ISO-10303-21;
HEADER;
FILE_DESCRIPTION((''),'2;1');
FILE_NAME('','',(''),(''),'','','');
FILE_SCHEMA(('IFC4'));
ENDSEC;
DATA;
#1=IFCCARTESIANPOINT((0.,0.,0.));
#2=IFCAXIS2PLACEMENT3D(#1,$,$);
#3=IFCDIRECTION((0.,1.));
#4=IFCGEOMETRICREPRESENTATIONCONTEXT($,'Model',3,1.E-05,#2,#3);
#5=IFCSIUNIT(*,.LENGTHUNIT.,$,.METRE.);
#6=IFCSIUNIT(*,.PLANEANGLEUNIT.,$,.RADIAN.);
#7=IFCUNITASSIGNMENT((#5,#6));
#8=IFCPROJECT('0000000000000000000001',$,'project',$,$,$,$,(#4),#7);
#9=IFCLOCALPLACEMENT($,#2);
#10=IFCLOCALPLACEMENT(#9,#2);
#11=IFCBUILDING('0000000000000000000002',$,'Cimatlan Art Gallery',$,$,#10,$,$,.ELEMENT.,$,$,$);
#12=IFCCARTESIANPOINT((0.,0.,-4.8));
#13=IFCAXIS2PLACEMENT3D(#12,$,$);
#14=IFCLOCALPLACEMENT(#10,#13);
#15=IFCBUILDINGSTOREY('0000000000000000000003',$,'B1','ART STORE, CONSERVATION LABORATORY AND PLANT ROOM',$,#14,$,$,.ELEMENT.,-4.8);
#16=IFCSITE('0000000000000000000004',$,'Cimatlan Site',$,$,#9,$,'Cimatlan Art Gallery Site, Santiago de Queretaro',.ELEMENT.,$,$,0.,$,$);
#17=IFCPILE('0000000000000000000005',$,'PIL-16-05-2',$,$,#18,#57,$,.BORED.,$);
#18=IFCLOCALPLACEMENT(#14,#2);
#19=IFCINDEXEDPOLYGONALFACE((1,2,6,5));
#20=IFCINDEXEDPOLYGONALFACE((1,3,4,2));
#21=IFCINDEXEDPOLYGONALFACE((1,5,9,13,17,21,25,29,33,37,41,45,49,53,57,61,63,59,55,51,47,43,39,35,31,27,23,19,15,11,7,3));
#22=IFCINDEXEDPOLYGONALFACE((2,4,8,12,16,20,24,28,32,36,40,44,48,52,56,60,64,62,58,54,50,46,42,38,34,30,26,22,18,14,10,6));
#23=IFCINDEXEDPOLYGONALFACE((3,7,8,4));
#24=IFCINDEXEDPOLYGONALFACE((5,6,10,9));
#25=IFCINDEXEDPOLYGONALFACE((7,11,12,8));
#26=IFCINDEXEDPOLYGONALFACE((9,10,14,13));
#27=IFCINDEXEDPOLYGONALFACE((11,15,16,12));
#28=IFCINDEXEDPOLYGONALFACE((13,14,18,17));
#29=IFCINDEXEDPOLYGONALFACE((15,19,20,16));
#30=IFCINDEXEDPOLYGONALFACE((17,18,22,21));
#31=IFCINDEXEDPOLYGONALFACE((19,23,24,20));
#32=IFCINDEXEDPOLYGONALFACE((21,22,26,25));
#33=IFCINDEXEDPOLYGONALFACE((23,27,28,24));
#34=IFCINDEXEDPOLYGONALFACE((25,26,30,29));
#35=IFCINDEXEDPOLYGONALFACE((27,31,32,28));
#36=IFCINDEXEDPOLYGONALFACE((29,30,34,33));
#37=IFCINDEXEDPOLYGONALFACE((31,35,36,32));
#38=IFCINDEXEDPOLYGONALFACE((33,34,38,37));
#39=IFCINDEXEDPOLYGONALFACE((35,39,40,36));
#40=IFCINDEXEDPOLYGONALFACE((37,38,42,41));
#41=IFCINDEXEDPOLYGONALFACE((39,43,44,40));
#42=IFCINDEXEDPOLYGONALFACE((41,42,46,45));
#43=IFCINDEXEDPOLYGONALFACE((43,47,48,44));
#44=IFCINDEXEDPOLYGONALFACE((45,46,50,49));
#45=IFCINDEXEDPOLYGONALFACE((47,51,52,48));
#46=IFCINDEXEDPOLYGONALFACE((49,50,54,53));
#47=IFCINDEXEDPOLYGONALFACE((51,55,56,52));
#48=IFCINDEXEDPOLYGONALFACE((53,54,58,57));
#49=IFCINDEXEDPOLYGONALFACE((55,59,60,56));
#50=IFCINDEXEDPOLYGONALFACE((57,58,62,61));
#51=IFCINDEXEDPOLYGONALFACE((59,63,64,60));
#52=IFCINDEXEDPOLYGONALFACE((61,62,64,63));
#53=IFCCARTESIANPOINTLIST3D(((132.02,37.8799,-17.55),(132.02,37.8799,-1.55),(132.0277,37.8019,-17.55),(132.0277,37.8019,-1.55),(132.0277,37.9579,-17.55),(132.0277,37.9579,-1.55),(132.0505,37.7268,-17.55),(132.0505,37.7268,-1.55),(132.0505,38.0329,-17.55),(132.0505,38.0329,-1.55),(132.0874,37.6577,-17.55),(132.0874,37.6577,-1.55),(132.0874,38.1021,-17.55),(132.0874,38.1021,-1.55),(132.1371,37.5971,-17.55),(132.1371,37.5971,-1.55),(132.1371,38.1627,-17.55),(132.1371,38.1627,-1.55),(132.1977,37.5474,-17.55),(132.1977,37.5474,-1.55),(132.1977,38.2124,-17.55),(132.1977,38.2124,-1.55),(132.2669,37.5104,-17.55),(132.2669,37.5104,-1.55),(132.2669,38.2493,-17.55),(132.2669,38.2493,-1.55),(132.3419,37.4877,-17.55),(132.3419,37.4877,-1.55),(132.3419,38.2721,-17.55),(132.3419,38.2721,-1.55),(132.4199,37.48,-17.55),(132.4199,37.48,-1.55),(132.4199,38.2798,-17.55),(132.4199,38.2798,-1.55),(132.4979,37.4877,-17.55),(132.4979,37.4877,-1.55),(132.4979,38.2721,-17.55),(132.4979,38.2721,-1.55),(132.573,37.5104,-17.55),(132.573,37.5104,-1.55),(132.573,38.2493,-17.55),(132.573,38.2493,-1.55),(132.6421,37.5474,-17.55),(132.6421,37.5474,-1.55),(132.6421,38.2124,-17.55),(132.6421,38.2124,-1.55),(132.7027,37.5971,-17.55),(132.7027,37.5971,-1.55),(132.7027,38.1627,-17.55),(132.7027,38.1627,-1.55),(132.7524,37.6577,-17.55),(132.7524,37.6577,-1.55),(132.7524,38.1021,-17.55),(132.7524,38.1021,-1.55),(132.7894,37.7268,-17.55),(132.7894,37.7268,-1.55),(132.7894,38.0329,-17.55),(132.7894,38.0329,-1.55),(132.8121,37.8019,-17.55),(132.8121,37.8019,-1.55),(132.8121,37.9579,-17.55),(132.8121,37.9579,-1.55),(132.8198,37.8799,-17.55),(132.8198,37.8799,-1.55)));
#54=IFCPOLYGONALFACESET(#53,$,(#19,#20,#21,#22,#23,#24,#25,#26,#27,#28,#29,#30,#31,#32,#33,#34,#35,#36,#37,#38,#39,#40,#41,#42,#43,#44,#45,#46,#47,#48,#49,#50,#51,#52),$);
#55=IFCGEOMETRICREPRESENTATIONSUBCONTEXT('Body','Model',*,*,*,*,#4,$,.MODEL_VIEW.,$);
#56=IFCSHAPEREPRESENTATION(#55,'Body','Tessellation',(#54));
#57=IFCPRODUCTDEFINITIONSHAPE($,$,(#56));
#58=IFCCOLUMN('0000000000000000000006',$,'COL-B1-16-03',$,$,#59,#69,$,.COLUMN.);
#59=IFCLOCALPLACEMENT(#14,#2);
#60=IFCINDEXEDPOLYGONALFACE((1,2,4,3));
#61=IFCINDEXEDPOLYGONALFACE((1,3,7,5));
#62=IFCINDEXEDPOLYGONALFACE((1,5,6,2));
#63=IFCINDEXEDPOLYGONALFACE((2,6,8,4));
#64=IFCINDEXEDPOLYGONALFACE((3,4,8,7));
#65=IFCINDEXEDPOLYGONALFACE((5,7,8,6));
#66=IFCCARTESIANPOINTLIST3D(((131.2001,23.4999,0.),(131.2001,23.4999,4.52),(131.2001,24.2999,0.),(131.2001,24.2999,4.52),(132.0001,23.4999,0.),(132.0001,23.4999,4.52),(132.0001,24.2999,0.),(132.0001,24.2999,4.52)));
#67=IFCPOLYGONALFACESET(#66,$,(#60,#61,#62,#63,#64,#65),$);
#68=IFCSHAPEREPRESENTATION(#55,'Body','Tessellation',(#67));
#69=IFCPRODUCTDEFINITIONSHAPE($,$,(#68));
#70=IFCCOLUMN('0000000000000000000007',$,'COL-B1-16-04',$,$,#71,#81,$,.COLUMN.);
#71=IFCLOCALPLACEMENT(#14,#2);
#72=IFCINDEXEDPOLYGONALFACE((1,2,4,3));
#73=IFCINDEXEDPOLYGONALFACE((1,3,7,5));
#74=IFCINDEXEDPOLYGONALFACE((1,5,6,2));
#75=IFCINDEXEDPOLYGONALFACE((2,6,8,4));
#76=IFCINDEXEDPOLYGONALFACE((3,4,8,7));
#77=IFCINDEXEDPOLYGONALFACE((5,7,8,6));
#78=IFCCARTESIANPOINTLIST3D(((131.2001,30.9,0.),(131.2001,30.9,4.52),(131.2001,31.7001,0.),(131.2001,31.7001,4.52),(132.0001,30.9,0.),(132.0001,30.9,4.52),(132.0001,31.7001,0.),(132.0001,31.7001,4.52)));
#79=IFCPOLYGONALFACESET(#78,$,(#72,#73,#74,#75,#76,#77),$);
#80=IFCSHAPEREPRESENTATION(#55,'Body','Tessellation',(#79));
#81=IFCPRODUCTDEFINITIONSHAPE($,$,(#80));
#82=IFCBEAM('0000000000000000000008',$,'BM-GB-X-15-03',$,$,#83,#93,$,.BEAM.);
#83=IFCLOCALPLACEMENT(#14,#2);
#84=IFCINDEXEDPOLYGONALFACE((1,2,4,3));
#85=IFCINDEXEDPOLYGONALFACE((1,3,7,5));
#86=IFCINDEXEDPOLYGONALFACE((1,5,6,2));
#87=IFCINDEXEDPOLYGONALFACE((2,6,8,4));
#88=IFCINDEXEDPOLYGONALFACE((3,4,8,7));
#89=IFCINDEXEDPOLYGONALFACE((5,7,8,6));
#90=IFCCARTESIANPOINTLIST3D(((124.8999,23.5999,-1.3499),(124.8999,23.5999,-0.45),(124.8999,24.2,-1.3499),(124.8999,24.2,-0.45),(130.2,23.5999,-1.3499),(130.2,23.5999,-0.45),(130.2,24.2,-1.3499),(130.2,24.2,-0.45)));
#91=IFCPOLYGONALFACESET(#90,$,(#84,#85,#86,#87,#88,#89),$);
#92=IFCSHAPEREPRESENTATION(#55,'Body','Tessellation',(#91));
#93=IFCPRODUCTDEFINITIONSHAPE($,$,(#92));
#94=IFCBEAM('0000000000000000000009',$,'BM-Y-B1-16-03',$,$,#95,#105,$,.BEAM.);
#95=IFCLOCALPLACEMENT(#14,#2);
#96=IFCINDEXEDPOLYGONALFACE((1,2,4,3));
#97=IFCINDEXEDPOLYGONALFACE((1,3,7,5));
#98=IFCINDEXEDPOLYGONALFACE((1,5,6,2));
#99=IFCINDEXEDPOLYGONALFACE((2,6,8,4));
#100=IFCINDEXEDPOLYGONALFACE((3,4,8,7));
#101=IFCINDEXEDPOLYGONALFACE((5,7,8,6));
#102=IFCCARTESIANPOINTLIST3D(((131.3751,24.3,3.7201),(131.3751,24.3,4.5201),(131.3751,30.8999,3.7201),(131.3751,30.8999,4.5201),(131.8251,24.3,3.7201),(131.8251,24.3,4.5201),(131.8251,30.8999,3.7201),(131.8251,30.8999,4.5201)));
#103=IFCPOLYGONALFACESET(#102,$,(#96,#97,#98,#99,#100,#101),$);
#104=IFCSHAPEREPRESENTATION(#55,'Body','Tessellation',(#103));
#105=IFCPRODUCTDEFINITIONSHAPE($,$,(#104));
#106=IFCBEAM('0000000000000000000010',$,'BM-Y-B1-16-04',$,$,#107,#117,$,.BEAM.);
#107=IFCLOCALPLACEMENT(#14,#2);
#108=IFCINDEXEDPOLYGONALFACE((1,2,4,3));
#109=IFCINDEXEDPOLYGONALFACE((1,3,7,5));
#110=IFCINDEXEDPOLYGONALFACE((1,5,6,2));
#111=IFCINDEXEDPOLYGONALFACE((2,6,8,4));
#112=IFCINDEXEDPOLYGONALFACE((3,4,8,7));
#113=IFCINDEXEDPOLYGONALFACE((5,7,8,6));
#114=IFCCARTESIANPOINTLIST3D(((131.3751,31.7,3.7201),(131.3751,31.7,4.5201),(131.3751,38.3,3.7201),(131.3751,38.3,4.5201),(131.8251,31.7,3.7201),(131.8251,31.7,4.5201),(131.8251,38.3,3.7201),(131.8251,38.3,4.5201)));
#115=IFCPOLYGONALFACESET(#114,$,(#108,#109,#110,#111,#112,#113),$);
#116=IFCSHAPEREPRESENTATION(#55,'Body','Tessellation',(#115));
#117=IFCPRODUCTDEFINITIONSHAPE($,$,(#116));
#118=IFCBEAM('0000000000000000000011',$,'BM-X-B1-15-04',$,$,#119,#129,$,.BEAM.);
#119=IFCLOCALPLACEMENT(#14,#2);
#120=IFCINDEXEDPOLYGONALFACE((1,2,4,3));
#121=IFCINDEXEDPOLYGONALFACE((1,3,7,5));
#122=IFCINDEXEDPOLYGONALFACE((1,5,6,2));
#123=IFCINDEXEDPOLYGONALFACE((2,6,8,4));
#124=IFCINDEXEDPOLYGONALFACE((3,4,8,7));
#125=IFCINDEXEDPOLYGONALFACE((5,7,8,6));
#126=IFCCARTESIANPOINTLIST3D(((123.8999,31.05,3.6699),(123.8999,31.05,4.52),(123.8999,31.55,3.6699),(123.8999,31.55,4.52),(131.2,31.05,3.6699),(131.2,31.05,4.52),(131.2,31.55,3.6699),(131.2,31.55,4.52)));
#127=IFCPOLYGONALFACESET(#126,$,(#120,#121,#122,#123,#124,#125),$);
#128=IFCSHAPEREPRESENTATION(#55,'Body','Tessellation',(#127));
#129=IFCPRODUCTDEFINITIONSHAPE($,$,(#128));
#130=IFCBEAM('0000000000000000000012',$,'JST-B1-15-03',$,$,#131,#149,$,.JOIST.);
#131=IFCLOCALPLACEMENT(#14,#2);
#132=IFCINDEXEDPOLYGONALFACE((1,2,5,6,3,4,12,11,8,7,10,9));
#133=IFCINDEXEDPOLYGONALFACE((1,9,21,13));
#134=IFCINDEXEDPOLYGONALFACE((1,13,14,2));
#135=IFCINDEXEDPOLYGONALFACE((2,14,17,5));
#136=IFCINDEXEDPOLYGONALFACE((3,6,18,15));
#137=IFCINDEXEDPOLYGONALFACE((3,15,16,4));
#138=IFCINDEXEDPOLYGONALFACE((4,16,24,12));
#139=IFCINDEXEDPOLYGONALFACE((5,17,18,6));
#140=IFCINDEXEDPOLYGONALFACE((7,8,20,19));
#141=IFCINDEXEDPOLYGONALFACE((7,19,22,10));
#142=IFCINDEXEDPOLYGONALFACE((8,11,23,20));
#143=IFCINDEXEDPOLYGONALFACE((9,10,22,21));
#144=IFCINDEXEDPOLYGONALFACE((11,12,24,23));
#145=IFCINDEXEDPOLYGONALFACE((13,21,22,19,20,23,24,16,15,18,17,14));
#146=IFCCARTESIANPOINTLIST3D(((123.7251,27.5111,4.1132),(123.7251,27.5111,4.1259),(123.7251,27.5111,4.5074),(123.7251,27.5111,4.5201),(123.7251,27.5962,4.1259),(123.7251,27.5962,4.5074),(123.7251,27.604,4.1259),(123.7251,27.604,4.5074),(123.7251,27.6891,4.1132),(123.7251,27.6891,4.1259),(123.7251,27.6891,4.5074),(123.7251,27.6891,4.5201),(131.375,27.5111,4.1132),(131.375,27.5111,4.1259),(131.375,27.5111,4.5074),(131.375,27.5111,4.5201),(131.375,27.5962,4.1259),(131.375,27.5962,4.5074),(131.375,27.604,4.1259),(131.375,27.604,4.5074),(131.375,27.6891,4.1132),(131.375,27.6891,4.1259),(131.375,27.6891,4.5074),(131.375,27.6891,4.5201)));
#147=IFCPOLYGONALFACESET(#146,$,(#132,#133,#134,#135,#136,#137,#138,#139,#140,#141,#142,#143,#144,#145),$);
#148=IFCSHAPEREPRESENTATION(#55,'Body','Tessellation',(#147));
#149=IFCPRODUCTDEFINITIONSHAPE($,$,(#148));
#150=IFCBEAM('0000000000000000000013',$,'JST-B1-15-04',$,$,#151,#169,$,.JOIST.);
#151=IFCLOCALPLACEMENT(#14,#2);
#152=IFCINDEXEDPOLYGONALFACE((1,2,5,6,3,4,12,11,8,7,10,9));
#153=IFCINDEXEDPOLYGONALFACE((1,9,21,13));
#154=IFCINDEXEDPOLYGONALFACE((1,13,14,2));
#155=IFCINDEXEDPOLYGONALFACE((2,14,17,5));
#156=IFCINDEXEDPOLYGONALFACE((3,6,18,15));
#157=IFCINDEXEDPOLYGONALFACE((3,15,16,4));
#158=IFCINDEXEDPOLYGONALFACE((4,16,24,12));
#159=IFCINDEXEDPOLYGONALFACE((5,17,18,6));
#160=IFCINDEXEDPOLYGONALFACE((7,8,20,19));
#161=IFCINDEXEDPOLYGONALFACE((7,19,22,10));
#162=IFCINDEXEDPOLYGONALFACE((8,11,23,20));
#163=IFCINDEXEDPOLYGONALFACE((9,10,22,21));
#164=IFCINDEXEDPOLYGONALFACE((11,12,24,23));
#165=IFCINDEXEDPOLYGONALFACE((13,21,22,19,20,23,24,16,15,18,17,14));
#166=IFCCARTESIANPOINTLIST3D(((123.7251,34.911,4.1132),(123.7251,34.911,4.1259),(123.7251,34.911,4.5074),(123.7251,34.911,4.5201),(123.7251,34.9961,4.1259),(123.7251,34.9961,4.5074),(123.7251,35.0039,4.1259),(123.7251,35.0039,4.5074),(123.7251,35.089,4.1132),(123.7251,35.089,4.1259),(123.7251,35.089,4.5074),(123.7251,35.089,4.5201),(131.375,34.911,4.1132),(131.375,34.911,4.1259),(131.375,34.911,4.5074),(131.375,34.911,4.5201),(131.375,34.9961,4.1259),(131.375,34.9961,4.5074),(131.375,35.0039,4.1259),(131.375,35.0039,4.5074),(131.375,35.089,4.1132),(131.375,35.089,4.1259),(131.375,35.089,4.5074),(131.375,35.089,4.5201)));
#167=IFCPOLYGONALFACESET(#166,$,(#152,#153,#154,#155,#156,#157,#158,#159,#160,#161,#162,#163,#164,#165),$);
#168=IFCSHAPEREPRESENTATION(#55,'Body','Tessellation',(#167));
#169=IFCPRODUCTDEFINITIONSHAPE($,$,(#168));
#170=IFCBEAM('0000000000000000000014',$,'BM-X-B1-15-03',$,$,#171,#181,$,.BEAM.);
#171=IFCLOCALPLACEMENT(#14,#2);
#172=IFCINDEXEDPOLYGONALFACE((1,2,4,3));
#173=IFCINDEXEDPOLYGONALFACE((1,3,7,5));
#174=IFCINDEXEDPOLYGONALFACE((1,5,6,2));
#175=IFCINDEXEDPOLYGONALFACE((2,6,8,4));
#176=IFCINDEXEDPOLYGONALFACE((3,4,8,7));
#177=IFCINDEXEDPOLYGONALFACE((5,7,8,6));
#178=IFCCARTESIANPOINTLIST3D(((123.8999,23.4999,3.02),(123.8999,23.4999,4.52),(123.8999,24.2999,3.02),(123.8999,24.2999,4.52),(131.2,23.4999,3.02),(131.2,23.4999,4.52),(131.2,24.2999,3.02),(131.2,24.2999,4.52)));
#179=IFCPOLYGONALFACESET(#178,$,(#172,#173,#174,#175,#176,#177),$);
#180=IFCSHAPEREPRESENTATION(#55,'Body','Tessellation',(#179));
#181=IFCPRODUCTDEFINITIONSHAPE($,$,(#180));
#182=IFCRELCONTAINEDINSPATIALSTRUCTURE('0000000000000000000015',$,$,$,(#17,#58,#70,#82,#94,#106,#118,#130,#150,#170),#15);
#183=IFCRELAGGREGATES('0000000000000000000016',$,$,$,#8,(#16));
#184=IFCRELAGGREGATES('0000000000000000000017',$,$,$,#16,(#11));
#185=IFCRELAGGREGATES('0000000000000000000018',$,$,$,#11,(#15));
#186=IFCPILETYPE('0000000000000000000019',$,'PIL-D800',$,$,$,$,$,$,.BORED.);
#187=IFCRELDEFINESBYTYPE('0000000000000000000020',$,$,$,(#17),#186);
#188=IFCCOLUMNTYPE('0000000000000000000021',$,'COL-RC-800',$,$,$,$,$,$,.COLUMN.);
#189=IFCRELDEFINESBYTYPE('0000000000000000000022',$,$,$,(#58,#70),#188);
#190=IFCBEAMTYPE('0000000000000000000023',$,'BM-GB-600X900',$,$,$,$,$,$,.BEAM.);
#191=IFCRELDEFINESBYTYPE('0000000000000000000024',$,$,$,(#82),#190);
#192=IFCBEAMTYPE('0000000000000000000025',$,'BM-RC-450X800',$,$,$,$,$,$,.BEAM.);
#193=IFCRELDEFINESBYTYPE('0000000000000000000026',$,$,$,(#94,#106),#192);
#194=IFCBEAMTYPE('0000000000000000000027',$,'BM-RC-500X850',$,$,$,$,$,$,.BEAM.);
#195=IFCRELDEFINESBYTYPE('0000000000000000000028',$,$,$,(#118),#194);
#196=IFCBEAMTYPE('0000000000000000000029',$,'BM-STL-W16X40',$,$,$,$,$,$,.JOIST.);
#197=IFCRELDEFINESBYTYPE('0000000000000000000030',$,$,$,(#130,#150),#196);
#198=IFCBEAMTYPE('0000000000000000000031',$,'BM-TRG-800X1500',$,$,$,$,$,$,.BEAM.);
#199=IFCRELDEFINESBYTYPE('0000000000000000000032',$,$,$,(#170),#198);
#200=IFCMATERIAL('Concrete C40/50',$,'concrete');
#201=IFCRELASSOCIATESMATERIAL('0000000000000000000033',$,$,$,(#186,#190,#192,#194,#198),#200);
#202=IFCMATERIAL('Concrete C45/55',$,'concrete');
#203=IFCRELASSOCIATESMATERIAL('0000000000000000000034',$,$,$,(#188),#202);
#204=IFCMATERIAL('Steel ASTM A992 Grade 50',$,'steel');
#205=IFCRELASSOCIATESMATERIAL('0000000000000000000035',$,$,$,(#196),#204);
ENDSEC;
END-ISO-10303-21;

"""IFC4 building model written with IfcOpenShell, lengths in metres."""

from ifc_helpers import new_model, si_unit, direction, frame, origin, origin_2d, place, context, subcontext, project, spatial, rectangle, circle, i_section, extrude, material, material_profile, profile_set, type_object, element, save


model = new_model("IFC4")

# Units and contexts
model_context = context("Model", 3, precision=1e-05, world=origin(), true_north=direction((0.0, 1.0)))
body_context = subcontext(model_context, "Body", "Model", "MODEL_VIEW")
ifc_project = project(units=[si_unit("LENGTHUNIT", "METRE"), si_unit("PLANEANGLEUNIT", "RADIAN")], contexts=[model_context])

# Site, building, storey
site_placement = place(None, origin())
site = spatial("IfcSite", under=ifc_project, at=site_placement, Name="Cimatlan Site", LongName="Cimatlan Art Gallery Site, Santiago de Queretaro", CompositionType="ELEMENT", RefElevation=0.0)
building_placement = place(site_placement, origin())
building = spatial("IfcBuilding", under=site, at=building_placement, Name="Cimatlan Art Gallery", CompositionType="ELEMENT")
storey_placement = place(building_placement, frame((0.0, 0.0, -4.8)))
storey = spatial("IfcBuildingStorey", under=building, at=storey_placement, Name="B1", Description="ART STORE, CONSERVATION LABORATORY AND PLANT ROOM", CompositionType="ELEMENT", Elevation=-4.8)

# Shared definitions
ifc_material_1 = material(Name="Concrete C40/50", Category="concrete")

# Pile
pile_type = type_object("IfcPileType", Name="PIL-D800", PredefinedType="BORED", material=ifc_material_1)
for number, where, z_axis, x_axis, name in (
    (1, (132.4199, 37.8799, -1.55), (0.0, 0.0, -1.0), (1.0, 0.0, 0.0), "PIL-16-05-2"),
):
    element("IfcPile", number, at=place(storey_placement, frame(where, z_axis=z_axis, x_axis=x_axis)), inside=storey, type_object=pile_type, Name=name, PredefinedType="BORED", context=body_context, shape_type="SweptSolid", body=[
        extrude(circle(Radius=0.3999, at=origin_2d()), origin(), (0.0, 0.0, 1.0), 16.0),
    ])

# Columns
ifc_material_2 = material(Name="Concrete C45/55", Category="concrete")
ifc_material_profile_1 = material_profile(ifc_material_2, rectangle(XDim=0.8, YDim=0.8, at=origin_2d()), Name="RC800X800")
ifc_profile_set_1 = profile_set([ifc_material_profile_1], Name="Concrete C45/55")
column_type = type_object("IfcColumnType", Name="COL-RC-800", PredefinedType="COLUMN", material=ifc_profile_set_1)
for number, where, z_axis, x_axis, name in (
    (2, (131.6001, 23.8999, 0.0), (0.0, 0.0, 1.0), (1.0, 0.0, 0.0), "COL-B1-16-03"),
    (3, (131.6001, 31.3, 0.0), (0.0, 0.0, 1.0), (1.0, 0.0, 0.0), "COL-B1-16-04"),
):
    element("IfcColumn", number, at=place(storey_placement, frame(where, z_axis=z_axis, x_axis=x_axis)), inside=storey, type_object=column_type, Name=name, PredefinedType="COLUMN", context=body_context, shape_type="SweptSolid", body=[
        extrude(rectangle(XDim=0.8, YDim=0.8, at=origin_2d()), origin(), (0.0, 0.0, 1.0), 4.52),
    ])

# Beams
ifc_material_profile_2 = material_profile(ifc_material_1, rectangle(XDim=0.6001, YDim=0.8999, at=origin_2d()), Name="RC600X900")
ifc_profile_set_2 = profile_set([ifc_material_profile_2], Name="Concrete C40/50")
beam_type_1 = type_object("IfcBeamType", Name="BM-GB-600X900", PredefinedType="BEAM", material=ifc_profile_set_2)
beam_1_placement = place(storey_placement, frame((124.8999, 23.8999, -0.8999), z_axis=(1.0, 0.0, 0.0), x_axis=(0.0, 1.0, 0.0)))
element("IfcBeam", 4, at=beam_1_placement, inside=storey, type_object=beam_type_1, Name="BM-GB-X-15-03", PredefinedType="BEAM", context=body_context, shape_type="SweptSolid", body=[
    extrude(rectangle(XDim=0.6001, YDim=0.8999, at=origin_2d()), origin(), (0.0, 0.0, 1.0), 5.3),
])
ifc_material_profile_3 = material_profile(ifc_material_1, rectangle(XDim=0.45, YDim=0.8, at=origin_2d()), Name="RC450X800")
ifc_profile_set_3 = profile_set([ifc_material_profile_3], Name="Concrete C40/50")
beam_type_2 = type_object("IfcBeamType", Name="BM-RC-450X800", PredefinedType="BEAM", material=ifc_profile_set_3)
beam_2_placement = place(storey_placement, frame((131.6001, 24.3, 4.1201), z_axis=(0.0, 1.0, 0.0), x_axis=(-1.0, 0.0, 0.0)))
element("IfcBeam", 5, at=beam_2_placement, inside=storey, type_object=beam_type_2, Name="BM-Y-B1-16-03", PredefinedType="BEAM", context=body_context, shape_type="SweptSolid", body=[
    extrude(rectangle(XDim=0.45, YDim=0.8, at=origin_2d()), origin(), (0.0, 0.0, 1.0), 6.5999),
])
beam_3_placement = place(storey_placement, frame((131.6001, 31.7, 4.1201), z_axis=(0.0, 1.0, 0.0), x_axis=(-1.0, 0.0, 0.0)))
element("IfcBeam", 6, at=beam_3_placement, inside=storey, type_object=beam_type_2, Name="BM-Y-B1-16-04", PredefinedType="BEAM", context=body_context, shape_type="SweptSolid", body=[
    extrude(rectangle(XDim=0.45, YDim=0.8, at=origin_2d()), origin(), (0.0, 0.0, 1.0), 6.6001),
])
ifc_material_profile_4 = material_profile(ifc_material_1, rectangle(XDim=0.5, YDim=0.8501, at=origin_2d()), Name="RC500X850")
ifc_profile_set_4 = profile_set([ifc_material_profile_4], Name="Concrete C40/50")
beam_type_3 = type_object("IfcBeamType", Name="BM-RC-500X850", PredefinedType="BEAM", material=ifc_profile_set_4)
beam_4_placement = place(storey_placement, frame((123.8999, 31.3, 4.095), z_axis=(1.0, 0.0, 0.0), x_axis=(0.0, 1.0, 0.0)))
element("IfcBeam", 7, at=beam_4_placement, inside=storey, type_object=beam_type_3, Name="BM-X-B1-15-04", PredefinedType="BEAM", context=body_context, shape_type="SweptSolid", body=[
    extrude(rectangle(XDim=0.5, YDim=0.8501, at=origin_2d()), origin(), (0.0, 0.0, 1.0), 7.3),
])
ifc_material_3 = material(Name="Steel ASTM A992 Grade 50", Category="steel")
ifc_material_profile_5 = material_profile(ifc_material_3, i_section(OverallWidth=0.178, OverallDepth=0.407, WebThickness=0.0078, FlangeThickness=0.0127, at=origin_2d()), Name="W16X40")
ifc_profile_set_5 = profile_set([ifc_material_profile_5], Name="Steel ASTM A992 Grade 50")
beam_type_4 = type_object("IfcBeamType", Name="BM-STL-W16X40", PredefinedType="JOIST", material=ifc_profile_set_5)
for number, where, z_axis, x_axis, name in (
    (8, (123.7251, 27.6001, 4.3167), (1.0, 0.0, 0.0), (0.0, 1.0, 0.0), "JST-B1-15-03"),
    (9, (123.7251, 35.0, 4.3167), (1.0, 0.0, 0.0), (0.0, 1.0, 0.0), "JST-B1-15-04"),
):
    element("IfcBeam", number, at=place(storey_placement, frame(where, z_axis=z_axis, x_axis=x_axis)), inside=storey, type_object=beam_type_4, Name=name, PredefinedType="JOIST", context=body_context, shape_type="SweptSolid", body=[
        extrude(i_section(OverallWidth=0.178, OverallDepth=0.407, WebThickness=0.0078, FlangeThickness=0.0127, at=origin_2d()), origin(), (0.0, 0.0, 1.0), 7.6499),
    ])
ifc_material_profile_6 = material_profile(ifc_material_1, rectangle(XDim=0.8, YDim=1.5, at=origin_2d()), Name="RC800X1500")
ifc_profile_set_6 = profile_set([ifc_material_profile_6], Name="Concrete C40/50")
beam_type_5 = type_object("IfcBeamType", Name="BM-TRG-800X1500", PredefinedType="BEAM", material=ifc_profile_set_6)
beam_5_placement = place(storey_placement, frame((123.8999, 23.8999, 3.77), z_axis=(1.0, 0.0, 0.0), x_axis=(0.0, 1.0, 0.0)))
element("IfcBeam", 10, at=beam_5_placement, inside=storey, type_object=beam_type_5, Name="BM-X-B1-15-03", PredefinedType="BEAM", context=body_context, shape_type="SweptSolid", body=[
    extrude(rectangle(XDim=0.8, YDim=1.5, at=origin_2d()), origin(), (0.0, 0.0, 1.0), 7.3),
])

save(model, "model.ifc")
